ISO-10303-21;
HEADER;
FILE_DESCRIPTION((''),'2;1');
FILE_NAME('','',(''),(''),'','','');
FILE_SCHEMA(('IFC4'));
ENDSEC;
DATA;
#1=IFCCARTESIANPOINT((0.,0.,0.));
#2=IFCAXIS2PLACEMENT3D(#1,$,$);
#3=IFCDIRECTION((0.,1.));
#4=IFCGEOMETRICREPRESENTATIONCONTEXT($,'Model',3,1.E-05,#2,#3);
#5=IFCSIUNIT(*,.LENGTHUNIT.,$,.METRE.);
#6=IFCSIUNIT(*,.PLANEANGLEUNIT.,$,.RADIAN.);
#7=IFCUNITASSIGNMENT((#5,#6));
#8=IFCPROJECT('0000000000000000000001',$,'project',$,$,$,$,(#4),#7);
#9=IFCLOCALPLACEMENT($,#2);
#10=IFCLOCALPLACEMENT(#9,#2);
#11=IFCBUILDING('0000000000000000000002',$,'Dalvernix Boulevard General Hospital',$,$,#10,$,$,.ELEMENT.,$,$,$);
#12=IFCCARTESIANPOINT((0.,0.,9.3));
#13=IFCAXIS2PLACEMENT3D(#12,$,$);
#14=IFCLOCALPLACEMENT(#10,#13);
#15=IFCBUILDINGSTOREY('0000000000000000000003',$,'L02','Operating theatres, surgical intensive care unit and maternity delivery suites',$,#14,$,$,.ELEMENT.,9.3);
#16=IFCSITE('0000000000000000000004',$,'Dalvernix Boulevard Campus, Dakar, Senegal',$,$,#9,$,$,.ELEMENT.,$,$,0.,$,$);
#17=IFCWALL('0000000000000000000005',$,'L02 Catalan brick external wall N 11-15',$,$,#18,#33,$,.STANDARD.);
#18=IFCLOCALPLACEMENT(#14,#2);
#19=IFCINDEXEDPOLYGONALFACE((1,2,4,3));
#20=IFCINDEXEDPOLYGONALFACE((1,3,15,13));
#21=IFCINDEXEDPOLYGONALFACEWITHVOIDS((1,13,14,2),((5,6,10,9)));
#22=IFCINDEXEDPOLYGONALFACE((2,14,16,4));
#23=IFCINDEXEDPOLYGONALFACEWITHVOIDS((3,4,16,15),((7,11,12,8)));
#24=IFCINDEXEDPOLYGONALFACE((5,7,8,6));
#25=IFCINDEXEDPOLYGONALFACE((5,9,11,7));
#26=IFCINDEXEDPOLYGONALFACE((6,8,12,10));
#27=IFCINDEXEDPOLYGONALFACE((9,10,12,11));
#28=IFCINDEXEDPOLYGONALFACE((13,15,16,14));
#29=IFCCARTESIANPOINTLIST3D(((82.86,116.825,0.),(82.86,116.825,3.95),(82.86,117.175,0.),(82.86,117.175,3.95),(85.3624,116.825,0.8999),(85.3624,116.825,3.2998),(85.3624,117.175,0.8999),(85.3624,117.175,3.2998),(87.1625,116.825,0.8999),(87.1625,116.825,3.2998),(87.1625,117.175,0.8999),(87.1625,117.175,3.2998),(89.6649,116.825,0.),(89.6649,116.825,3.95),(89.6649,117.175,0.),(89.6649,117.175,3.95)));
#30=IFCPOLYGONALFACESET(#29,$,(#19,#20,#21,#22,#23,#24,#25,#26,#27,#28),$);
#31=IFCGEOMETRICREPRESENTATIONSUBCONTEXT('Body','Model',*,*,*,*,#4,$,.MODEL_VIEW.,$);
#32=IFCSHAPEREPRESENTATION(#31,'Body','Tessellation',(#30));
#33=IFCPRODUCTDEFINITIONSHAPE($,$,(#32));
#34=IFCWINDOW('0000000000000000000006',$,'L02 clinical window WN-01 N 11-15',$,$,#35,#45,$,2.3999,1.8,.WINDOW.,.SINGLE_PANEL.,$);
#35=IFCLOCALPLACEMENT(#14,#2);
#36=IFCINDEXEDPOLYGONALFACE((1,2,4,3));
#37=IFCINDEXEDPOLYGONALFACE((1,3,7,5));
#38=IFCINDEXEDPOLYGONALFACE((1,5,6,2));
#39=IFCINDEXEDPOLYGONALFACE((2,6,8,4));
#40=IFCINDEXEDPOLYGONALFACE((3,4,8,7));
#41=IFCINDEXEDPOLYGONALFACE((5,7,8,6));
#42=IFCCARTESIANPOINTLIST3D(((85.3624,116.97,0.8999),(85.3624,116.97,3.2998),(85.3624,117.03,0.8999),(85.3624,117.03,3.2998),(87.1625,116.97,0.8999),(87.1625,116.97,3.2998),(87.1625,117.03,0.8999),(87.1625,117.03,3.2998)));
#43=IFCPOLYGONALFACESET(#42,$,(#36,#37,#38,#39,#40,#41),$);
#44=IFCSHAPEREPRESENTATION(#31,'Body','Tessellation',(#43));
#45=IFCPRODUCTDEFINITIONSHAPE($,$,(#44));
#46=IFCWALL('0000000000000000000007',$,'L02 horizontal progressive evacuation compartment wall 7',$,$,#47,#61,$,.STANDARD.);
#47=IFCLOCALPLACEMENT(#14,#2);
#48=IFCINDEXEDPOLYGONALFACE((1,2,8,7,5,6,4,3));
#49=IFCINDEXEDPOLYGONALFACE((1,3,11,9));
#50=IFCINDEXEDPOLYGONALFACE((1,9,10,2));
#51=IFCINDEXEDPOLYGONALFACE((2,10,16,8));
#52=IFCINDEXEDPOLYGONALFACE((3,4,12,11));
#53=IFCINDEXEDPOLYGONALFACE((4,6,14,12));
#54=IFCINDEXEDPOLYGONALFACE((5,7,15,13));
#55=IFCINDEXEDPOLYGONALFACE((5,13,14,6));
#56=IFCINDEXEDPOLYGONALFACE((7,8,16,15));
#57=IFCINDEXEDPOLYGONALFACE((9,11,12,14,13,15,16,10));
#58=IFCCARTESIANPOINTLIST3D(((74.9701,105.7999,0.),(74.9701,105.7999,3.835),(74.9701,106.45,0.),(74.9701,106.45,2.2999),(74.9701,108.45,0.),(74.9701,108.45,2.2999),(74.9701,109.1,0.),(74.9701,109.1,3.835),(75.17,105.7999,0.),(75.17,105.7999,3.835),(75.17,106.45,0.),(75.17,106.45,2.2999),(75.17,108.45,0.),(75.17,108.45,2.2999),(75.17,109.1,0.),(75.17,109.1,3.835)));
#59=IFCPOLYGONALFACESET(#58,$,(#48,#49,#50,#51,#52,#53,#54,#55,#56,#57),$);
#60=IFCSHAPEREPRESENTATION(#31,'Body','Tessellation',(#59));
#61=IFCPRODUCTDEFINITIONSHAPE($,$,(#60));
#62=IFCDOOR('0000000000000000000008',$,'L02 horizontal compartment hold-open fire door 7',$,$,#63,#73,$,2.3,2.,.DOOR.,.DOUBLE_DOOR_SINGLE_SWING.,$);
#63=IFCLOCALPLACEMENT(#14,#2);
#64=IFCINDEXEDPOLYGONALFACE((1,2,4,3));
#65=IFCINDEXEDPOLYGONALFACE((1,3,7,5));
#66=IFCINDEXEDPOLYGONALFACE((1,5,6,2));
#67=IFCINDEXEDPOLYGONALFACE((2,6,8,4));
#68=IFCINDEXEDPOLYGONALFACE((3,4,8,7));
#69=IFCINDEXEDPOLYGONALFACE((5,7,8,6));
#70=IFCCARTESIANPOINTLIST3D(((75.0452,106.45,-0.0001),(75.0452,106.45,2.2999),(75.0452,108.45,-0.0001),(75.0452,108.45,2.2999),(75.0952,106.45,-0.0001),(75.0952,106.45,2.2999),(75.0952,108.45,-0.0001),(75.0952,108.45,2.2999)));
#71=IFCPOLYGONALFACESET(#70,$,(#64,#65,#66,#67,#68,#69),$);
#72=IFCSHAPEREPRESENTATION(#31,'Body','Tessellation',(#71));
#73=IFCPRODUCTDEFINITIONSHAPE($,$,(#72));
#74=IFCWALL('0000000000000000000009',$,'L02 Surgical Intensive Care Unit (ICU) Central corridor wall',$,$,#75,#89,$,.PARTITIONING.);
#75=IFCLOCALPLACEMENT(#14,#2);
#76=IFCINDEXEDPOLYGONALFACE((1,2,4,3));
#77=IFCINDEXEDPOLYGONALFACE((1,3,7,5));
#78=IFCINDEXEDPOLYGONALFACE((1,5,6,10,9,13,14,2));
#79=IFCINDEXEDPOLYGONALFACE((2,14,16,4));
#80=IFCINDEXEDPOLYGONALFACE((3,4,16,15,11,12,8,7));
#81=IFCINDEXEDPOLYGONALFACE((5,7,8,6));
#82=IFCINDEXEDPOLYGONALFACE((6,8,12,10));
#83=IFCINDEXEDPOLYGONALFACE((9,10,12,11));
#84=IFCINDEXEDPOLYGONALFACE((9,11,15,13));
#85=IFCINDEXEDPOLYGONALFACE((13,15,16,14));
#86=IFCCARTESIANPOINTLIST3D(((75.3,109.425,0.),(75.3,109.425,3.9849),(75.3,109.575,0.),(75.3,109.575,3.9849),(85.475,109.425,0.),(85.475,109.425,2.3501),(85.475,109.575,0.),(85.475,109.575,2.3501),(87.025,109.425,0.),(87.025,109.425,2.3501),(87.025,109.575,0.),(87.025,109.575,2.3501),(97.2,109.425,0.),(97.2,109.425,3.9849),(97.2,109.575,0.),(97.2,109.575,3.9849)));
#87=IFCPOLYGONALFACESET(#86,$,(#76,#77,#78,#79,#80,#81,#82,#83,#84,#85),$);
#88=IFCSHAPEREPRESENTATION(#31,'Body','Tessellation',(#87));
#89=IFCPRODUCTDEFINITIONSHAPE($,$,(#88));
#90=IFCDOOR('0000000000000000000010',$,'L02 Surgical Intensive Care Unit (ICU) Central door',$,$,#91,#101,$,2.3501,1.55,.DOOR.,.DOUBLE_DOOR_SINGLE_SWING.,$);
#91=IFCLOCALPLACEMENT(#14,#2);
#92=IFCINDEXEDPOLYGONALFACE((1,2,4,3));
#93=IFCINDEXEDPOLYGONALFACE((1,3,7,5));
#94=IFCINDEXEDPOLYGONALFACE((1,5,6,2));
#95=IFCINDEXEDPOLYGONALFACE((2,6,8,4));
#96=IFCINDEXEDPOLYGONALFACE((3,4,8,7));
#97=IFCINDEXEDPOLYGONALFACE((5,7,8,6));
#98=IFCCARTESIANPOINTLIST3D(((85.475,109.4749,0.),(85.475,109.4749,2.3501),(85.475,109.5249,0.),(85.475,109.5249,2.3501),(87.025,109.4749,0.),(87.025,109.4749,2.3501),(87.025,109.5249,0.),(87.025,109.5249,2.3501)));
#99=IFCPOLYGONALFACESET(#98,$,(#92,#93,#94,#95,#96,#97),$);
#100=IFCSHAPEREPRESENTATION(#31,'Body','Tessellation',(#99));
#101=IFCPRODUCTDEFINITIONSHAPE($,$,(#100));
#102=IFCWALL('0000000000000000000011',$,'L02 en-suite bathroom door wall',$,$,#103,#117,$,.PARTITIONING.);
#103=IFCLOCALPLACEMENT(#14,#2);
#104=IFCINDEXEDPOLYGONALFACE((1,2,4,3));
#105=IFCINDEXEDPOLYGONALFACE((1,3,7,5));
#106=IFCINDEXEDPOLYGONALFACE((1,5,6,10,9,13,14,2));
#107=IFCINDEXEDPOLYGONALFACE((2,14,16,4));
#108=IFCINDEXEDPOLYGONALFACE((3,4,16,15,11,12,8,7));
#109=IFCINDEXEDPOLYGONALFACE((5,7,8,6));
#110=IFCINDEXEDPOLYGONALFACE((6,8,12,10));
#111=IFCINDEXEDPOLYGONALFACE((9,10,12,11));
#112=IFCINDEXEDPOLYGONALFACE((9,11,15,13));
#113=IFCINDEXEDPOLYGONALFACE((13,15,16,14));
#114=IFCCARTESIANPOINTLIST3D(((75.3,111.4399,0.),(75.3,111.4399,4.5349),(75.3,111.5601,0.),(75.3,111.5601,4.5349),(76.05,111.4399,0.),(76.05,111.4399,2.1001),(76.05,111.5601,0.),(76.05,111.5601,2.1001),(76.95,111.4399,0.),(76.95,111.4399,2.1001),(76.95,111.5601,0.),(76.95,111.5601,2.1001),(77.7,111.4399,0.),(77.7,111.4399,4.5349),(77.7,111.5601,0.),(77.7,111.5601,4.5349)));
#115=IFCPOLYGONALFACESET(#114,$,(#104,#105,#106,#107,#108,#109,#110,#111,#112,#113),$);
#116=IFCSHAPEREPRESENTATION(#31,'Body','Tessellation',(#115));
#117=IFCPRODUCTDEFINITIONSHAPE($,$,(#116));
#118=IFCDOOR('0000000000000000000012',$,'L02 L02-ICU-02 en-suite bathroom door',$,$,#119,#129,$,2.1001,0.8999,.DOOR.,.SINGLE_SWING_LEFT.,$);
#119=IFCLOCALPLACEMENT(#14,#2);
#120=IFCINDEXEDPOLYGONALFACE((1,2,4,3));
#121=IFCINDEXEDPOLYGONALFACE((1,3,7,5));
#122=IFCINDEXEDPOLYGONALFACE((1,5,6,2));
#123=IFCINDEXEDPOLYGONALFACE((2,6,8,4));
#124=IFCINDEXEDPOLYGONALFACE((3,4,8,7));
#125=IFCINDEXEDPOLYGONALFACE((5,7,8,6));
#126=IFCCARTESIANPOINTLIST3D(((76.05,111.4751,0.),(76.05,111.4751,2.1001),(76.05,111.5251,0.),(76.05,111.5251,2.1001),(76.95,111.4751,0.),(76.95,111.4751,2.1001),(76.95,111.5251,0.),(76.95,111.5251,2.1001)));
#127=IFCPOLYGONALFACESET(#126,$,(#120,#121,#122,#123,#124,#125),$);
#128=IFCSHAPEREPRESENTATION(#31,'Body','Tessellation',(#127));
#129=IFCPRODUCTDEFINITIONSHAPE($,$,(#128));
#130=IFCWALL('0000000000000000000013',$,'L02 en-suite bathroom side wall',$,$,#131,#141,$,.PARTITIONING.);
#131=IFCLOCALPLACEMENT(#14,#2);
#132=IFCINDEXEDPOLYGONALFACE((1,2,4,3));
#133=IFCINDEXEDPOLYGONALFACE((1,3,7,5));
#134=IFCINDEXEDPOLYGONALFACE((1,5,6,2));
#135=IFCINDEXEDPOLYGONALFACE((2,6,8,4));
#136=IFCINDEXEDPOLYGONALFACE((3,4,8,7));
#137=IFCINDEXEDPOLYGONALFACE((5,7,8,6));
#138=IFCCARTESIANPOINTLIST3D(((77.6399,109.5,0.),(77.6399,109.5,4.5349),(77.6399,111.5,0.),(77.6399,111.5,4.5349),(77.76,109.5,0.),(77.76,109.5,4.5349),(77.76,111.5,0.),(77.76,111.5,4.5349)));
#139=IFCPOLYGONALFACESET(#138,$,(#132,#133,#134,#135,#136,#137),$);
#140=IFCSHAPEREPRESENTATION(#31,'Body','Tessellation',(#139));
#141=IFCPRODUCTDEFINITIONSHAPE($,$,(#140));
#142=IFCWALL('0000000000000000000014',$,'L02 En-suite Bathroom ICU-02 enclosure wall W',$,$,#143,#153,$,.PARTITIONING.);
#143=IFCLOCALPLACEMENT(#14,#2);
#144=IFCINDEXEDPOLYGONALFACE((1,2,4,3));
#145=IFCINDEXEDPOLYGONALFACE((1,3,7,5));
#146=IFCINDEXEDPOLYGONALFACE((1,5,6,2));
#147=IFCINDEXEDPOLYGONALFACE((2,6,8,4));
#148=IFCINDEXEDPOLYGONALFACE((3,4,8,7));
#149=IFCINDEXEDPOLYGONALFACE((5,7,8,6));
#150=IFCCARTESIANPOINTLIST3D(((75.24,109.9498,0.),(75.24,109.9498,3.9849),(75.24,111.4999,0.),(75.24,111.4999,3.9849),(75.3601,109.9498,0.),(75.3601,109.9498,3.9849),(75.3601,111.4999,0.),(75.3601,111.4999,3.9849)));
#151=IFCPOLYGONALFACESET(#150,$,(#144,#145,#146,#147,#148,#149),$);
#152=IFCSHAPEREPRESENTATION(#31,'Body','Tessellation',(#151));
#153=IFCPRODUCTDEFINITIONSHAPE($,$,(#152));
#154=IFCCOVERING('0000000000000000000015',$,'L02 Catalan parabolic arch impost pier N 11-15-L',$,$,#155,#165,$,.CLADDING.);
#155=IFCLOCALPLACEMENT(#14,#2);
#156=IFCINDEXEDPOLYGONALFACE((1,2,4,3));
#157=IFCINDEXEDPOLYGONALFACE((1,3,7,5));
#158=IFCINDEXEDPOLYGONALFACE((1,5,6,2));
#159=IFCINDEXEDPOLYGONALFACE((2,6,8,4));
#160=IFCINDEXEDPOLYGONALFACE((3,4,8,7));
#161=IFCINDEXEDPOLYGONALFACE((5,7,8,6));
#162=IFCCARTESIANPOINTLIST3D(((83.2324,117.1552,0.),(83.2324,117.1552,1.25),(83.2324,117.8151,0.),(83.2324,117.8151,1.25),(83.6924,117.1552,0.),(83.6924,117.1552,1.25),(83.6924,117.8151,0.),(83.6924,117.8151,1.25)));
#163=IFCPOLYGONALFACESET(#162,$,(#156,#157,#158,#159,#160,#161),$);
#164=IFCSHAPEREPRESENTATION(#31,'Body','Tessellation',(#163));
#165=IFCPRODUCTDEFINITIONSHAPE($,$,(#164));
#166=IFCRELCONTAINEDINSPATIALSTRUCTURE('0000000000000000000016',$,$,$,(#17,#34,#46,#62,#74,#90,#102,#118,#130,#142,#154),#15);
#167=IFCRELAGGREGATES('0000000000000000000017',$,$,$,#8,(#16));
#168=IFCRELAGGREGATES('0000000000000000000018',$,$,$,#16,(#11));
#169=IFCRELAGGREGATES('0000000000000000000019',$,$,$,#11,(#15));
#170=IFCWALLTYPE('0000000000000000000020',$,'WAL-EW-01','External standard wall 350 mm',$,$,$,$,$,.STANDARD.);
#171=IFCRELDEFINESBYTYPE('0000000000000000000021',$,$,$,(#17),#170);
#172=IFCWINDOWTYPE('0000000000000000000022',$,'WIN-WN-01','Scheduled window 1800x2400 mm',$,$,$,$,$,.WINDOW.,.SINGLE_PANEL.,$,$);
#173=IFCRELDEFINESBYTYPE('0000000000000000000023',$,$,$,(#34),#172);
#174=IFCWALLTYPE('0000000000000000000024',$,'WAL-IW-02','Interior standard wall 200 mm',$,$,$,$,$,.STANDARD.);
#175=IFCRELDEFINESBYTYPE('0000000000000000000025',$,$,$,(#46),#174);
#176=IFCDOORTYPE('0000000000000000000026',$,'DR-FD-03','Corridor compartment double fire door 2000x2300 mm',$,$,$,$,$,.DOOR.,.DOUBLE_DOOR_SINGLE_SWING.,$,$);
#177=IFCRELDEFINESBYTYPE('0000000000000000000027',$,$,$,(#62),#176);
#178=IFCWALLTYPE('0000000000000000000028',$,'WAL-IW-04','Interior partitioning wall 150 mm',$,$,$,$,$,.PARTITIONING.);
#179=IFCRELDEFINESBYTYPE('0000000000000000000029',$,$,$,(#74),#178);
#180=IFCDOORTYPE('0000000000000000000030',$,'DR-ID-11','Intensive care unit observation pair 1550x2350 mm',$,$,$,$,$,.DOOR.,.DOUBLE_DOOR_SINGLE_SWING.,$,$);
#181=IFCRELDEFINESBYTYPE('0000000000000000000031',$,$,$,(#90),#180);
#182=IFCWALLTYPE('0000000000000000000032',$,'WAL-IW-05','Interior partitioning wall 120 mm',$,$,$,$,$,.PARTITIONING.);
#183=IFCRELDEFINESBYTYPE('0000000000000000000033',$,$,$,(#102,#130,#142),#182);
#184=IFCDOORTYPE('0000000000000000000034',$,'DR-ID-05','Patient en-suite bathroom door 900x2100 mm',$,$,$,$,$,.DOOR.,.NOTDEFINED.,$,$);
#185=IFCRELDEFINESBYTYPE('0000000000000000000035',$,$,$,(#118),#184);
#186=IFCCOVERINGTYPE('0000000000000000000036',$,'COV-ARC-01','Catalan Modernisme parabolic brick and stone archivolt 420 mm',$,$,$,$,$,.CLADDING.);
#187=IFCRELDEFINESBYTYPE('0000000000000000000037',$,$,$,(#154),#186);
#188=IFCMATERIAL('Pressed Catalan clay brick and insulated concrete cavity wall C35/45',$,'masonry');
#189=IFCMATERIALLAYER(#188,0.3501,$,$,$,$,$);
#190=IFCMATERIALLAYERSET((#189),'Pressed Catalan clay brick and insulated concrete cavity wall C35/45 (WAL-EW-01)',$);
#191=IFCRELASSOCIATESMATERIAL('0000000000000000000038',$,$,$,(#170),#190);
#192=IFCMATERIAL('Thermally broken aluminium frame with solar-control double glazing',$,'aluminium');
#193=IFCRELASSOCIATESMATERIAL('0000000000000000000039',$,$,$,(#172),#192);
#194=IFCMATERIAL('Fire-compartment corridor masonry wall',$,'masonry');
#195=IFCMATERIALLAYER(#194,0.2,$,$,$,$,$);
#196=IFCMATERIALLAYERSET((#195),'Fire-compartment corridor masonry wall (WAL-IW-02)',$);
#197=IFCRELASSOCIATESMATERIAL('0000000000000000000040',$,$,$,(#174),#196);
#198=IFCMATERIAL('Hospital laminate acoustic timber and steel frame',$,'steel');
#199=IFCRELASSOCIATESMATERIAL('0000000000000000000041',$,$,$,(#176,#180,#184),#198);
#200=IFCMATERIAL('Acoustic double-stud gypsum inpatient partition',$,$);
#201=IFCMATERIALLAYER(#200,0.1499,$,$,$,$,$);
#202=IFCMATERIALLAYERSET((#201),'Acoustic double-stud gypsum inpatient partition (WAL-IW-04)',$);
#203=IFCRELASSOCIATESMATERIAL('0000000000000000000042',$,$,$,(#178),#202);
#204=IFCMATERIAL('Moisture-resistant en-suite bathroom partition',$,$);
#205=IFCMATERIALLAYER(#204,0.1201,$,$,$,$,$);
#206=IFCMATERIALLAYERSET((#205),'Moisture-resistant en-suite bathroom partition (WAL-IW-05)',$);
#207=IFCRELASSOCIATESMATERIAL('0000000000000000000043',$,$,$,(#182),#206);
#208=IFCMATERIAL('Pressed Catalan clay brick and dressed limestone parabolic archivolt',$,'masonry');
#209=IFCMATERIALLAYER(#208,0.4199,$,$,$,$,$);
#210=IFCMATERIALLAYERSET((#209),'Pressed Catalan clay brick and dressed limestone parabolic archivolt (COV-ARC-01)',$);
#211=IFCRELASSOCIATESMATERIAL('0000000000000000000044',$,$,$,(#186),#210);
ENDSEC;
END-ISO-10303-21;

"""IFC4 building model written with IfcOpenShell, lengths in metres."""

from ifc_helpers import new_model, si_unit, direction, frame, frame_2d, origin, origin_2d, place, context, subcontext, project, spatial, rectangle, extrude, material, layer, layer_set, type_object, element, fill, save


model = new_model("IFC4")

# Units and contexts
model_context = context("Model", 3, precision=1e-05, world=origin(), true_north=direction((0.0, 1.0)))
body_context = subcontext(model_context, "Body", "Model", "MODEL_VIEW")
ifc_project = project(units=[si_unit("LENGTHUNIT", "METRE"), si_unit("PLANEANGLEUNIT", "RADIAN")], contexts=[model_context])

# Site, building, storey
site_placement = place(None, origin())
site = spatial("IfcSite", under=ifc_project, at=site_placement, Name="Dalvernix Boulevard Campus, Dakar, Senegal", CompositionType="ELEMENT", RefElevation=0.0)
building_placement = place(site_placement, origin())
building = spatial("IfcBuilding", under=site, at=building_placement, Name="Dalvernix Boulevard General Hospital", CompositionType="ELEMENT")
storey_placement = place(building_placement, frame((0.0, 0.0, 9.3)))
storey = spatial("IfcBuildingStorey", under=building, at=storey_placement, Name="L02", Description="Operating theatres, surgical intensive care unit and maternity delivery suites", CompositionType="ELEMENT", Elevation=9.3)

# Wall, opening, window
ifc_material_1 = material(Name="Pressed Catalan clay brick and insulated concrete cavity wall C35/45", Category="masonry")
ifc_layer_1 = layer(ifc_material_1, 0.3501)
ifc_layer_set_1 = layer_set([ifc_layer_1], Name="Pressed Catalan clay brick and insulated concrete cavity wall C35/45 (WAL-EW-01)")
wall_type_1 = type_object("IfcWallType", Name="WAL-EW-01", Description="External standard wall 350 mm", PredefinedType="STANDARD", material=ifc_layer_set_1)
ifc_material_2 = material(Name="Thermally broken aluminium frame with solar-control double glazing", Category="aluminium")
wall_1_placement = place(storey_placement, frame((82.8601, 117.0, 0.0), z_axis=(0.0, 0.0, 1.0), x_axis=(1.0, 0.0, 0.0)))
wall_1 = element("IfcWall", 1, at=wall_1_placement, inside=storey, type_object=wall_type_1, Name="L02 Catalan brick external wall N 11-15", PredefinedType="STANDARD", context=body_context, shape_type="SweptSolid", body=[
    extrude(rectangle(XDim=6.8049, YDim=0.3501, at=frame_2d((3.4023, 0.0))), origin(), (0.0, 0.0, 1.0), 3.95),
])
opening_1_placement = place(wall_1_placement, frame((2.5024, 0.0, 0.8999)))
opening_1 = element("IfcOpeningElement", 2, at=opening_1_placement, cuts=wall_1, PredefinedType="OPENING", context=body_context, shape_type="SweptSolid", body=[
    extrude(rectangle(XDim=1.8, YDim=2.3999, at=frame_2d((0.8999, 1.2))), frame((0.0, 0.1851, 0.0), z_axis=(0.0, -1.0, 0.0), x_axis=(1.0, 0.0, 0.0)), (0.0, 0.0, 1.0), 0.3701),
])
window_type_1 = type_object("IfcWindowType", Name="WIN-WN-01", Description="Scheduled window 1800x2400 mm", PartitioningType="SINGLE_PANEL", PredefinedType="WINDOW", material=ifc_material_2)
window_1_placement = place(opening_1_placement, origin())
window_1 = element("IfcWindow", 3, at=window_1_placement, inside=storey, type_object=window_type_1, Name="L02 clinical window WN-01 N 11-15", OverallHeight=2.3999, OverallWidth=1.8, PartitioningType="SINGLE_PANEL", PredefinedType="WINDOW", context=body_context, shape_type="SweptSolid", body=[
    extrude(rectangle(XDim=1.8, YDim=2.3999, at=frame_2d((0.8999, 1.2))), frame((0.0, 0.03, 0.0), z_axis=(0.0, -1.0, 0.0), x_axis=(1.0, 0.0, 0.0)), (0.0, 0.0, 1.0), 0.0601),
])
fill(opening_1, window_1)

# Walls, openings, doors
ifc_material_3 = material(Name="Fire-compartment corridor masonry wall", Category="masonry")
ifc_layer_2 = layer(ifc_material_3, 0.2)
ifc_layer_set_2 = layer_set([ifc_layer_2], Name="Fire-compartment corridor masonry wall (WAL-IW-02)")
wall_type_2 = type_object("IfcWallType", Name="WAL-IW-02", Description="Interior standard wall 200 mm", PredefinedType="STANDARD", material=ifc_layer_set_2)
wall_2_placement = place(storey_placement, frame((75.0701, 105.8, 0.0), z_axis=(0.0, 0.0, 1.0), x_axis=(0.0, 1.0, 0.0)))
wall_2 = element("IfcWall", 4, at=wall_2_placement, inside=storey, type_object=wall_type_2, Name="L02 horizontal progressive evacuation compartment wall 7", PredefinedType="STANDARD", context=body_context, shape_type="SweptSolid", body=[
    extrude(rectangle(XDim=3.3, YDim=0.2, at=frame_2d((1.6499, 0.0))), origin(), (0.0, 0.0, 1.0), 3.835),
])
opening_2_placement = place(wall_2_placement, frame((0.6499, 0.0, 0.0)))
opening_2 = element("IfcOpeningElement", 5, at=opening_2_placement, cuts=wall_2, PredefinedType="OPENING", context=body_context, shape_type="SweptSolid", body=[
    extrude(rectangle(XDim=2.0, YDim=2.3, at=frame_2d((1.0, 1.1499))), frame((0.0, 0.1099, 0.0), z_axis=(0.0, -1.0, 0.0), x_axis=(1.0, 0.0, 0.0)), (0.0, 0.0, 1.0), 0.22),
])
ifc_material_4 = material(Name="Hospital laminate acoustic timber and steel frame", Category="steel")
door_type_1 = type_object("IfcDoorType", Name="DR-FD-03", Description="Corridor compartment double fire door 2000x2300 mm", OperationType="DOUBLE_DOOR_SINGLE_SWING", PredefinedType="DOOR", material=ifc_material_4)
door_1_placement = place(opening_2_placement, origin())
door_1 = element("IfcDoor", 6, at=door_1_placement, inside=storey, type_object=door_type_1, Name="L02 horizontal compartment hold-open fire door 7", OperationType="DOUBLE_DOOR_SINGLE_SWING", OverallHeight=2.3, OverallWidth=2.0, PredefinedType="DOOR", context=body_context, shape_type="SweptSolid", body=[
    extrude(rectangle(XDim=2.0, YDim=2.3, at=frame_2d((1.0, 1.1499))), frame((0.0, 0.0249, 0.0), z_axis=(0.0, -1.0, 0.0), x_axis=(1.0, 0.0, 0.0)), (0.0, 0.0, 1.0), 0.05),
])
fill(opening_2, door_1)
ifc_material_5 = material(Name="Acoustic double-stud gypsum inpatient partition")
ifc_layer_3 = layer(ifc_material_5, 0.1499)
ifc_layer_set_3 = layer_set([ifc_layer_3], Name="Acoustic double-stud gypsum inpatient partition (WAL-IW-04)")
wall_type_3 = type_object("IfcWallType", Name="WAL-IW-04", Description="Interior partitioning wall 150 mm", PredefinedType="PARTITIONING", material=ifc_layer_set_3)
wall_3_placement = place(storey_placement, frame((75.3, 109.5, 0.0), z_axis=(0.0, 0.0, 1.0), x_axis=(1.0, 0.0, 0.0)))
wall_3 = element("IfcWall", 7, at=wall_3_placement, inside=storey, type_object=wall_type_3, Name="L02 Surgical Intensive Care Unit (ICU) Central corridor wall", PredefinedType="PARTITIONING", context=body_context, shape_type="SweptSolid", body=[
    extrude(rectangle(XDim=21.8999, YDim=0.1499, at=frame_2d((10.95, 0.0))), origin(), (0.0, 0.0, 1.0), 3.9849),
])
opening_3_placement = place(wall_3_placement, frame((10.175, 0.0, 0.0)))
opening_3 = element("IfcOpeningElement", 8, at=opening_3_placement, cuts=wall_3, PredefinedType="OPENING", context=body_context, shape_type="SweptSolid", body=[
    extrude(rectangle(XDim=1.55, YDim=2.3501, at=frame_2d((0.7749, 1.175))), frame((0.0, 0.085, 0.0), z_axis=(0.0, -1.0, 0.0), x_axis=(1.0, 0.0, 0.0)), (0.0, 0.0, 1.0), 0.1699),
])
door_type_2 = type_object("IfcDoorType", Name="DR-ID-11", Description="Intensive care unit observation pair 1550x2350 mm", OperationType="DOUBLE_DOOR_SINGLE_SWING", PredefinedType="DOOR", material=ifc_material_4)
door_2_placement = place(opening_3_placement, origin())
door_2 = element("IfcDoor", 9, at=door_2_placement, inside=storey, type_object=door_type_2, Name="L02 Surgical Intensive Care Unit (ICU) Central door", OperationType="DOUBLE_DOOR_SINGLE_SWING", OverallHeight=2.3501, OverallWidth=1.55, PredefinedType="DOOR", context=body_context, shape_type="SweptSolid", body=[
    extrude(rectangle(XDim=1.55, YDim=2.3501, at=frame_2d((0.7749, 1.175))), frame((0.0, 0.0249, 0.0), z_axis=(0.0, -1.0, 0.0), x_axis=(1.0, 0.0, 0.0)), (0.0, 0.0, 1.0), 0.05),
])
fill(opening_3, door_2)
ifc_material_6 = material(Name="Moisture-resistant en-suite bathroom partition")
ifc_layer_4 = layer(ifc_material_6, 0.1201)
ifc_layer_set_4 = layer_set([ifc_layer_4], Name="Moisture-resistant en-suite bathroom partition (WAL-IW-05)")
wall_type_4 = type_object("IfcWallType", Name="WAL-IW-05", Description="Interior partitioning wall 120 mm", PredefinedType="PARTITIONING", material=ifc_layer_set_4)
wall_4_placement = place(storey_placement, frame((77.7, 111.5, 0.0), z_axis=(0.0, 0.0, 1.0), x_axis=(-1.0, 0.0, 0.0)))
wall_4 = element("IfcWall", 10, at=wall_4_placement, inside=storey, type_object=wall_type_4, Name="L02 en-suite bathroom door wall", PredefinedType="PARTITIONING", context=body_context, shape_type="SweptSolid", body=[
    extrude(rectangle(XDim=2.3999, YDim=0.1201, at=frame_2d((1.2, 0.0))), origin(), (0.0, 0.0, 1.0), 4.5349),
])
opening_4_placement = place(wall_4_placement, frame((0.75, 0.0, 0.0)))
opening_4 = element("IfcOpeningElement", 11, at=opening_4_placement, cuts=wall_4, PredefinedType="OPENING", context=body_context, shape_type="SweptSolid", body=[
    extrude(rectangle(XDim=0.8999, YDim=2.1001, at=frame_2d((0.45, 1.05))), frame((0.0, 0.0701, 0.0), z_axis=(0.0, -1.0, 0.0), x_axis=(1.0, 0.0, 0.0)), (0.0, 0.0, 1.0), 0.1401),
])
door_type_3 = type_object("IfcDoorType", Name="DR-ID-05", Description="Patient en-suite bathroom door 900x2100 mm", OperationType="NOTDEFINED", PredefinedType="DOOR", material=ifc_material_4)
door_3_placement = place(opening_4_placement, origin())
door_3 = element("IfcDoor", 12, at=door_3_placement, inside=storey, type_object=door_type_3, Name="L02 L02-ICU-02 en-suite bathroom door", OperationType="SINGLE_SWING_LEFT", OverallHeight=2.1001, OverallWidth=0.8999, PredefinedType="DOOR", context=body_context, shape_type="SweptSolid", body=[
    extrude(rectangle(XDim=0.8999, YDim=2.1001, at=frame_2d((0.45, 1.05))), frame((0.0, 0.0249, 0.0), z_axis=(0.0, -1.0, 0.0), x_axis=(1.0, 0.0, 0.0)), (0.0, 0.0, 1.0), 0.05),
])
fill(opening_4, door_3)

# Walls
wall_5_placement = place(storey_placement, frame((77.7, 109.5, 0.0), z_axis=(0.0, 0.0, 1.0), x_axis=(0.0, 1.0, 0.0)))
element("IfcWall", 13, at=wall_5_placement, inside=storey, type_object=wall_type_4, Name="L02 en-suite bathroom side wall", PredefinedType="PARTITIONING", context=body_context, shape_type="SweptSolid", body=[
    extrude(rectangle(XDim=2.0, YDim=0.1201, at=frame_2d((1.0, 0.0))), origin(), (0.0, 0.0, 1.0), 4.5349),
])
wall_6_placement = place(storey_placement, frame((75.3, 109.95, 0.0), z_axis=(0.0, 0.0, 1.0), x_axis=(0.0, 1.0, 0.0)))
element("IfcWall", 14, at=wall_6_placement, inside=storey, type_object=wall_type_4, Name="L02 En-suite Bathroom ICU-02 enclosure wall W", PredefinedType="PARTITIONING", context=body_context, shape_type="SweptSolid", body=[
    extrude(rectangle(XDim=1.55, YDim=0.1201, at=frame_2d((0.7749, 0.0))), origin(), (0.0, 0.0, 1.0), 3.9849),
])

# Covering
ifc_material_7 = material(Name="Pressed Catalan clay brick and dressed limestone parabolic archivolt", Category="masonry")
ifc_layer_5 = layer(ifc_material_7, 0.4199)
ifc_layer_set_5 = layer_set([ifc_layer_5], Name="Pressed Catalan clay brick and dressed limestone parabolic archivolt (COV-ARC-01)")
covering_type_1 = type_object("IfcCoveringType", Name="COV-ARC-01", Description="Catalan Modernisme parabolic brick and stone archivolt 420 mm", PredefinedType="CLADDING", material=ifc_layer_set_5)
covering_1_placement = place(storey_placement, frame((83.4624, 117.4851, 0.0), z_axis=(0.0, 0.0, 1.0), x_axis=(1.0, 0.0, 0.0)))
element("IfcCovering", 15, at=covering_1_placement, inside=storey, type_object=covering_type_1, Name="L02 Catalan parabolic arch impost pier N 11-15-L", PredefinedType="CLADDING", context=body_context, shape_type="SweptSolid", body=[
    extrude(rectangle(XDim=0.46, YDim=0.6599, at=origin_2d()), origin(), (0.0, 0.0, 1.0), 1.25),
])

save(model, "model.ifc")
